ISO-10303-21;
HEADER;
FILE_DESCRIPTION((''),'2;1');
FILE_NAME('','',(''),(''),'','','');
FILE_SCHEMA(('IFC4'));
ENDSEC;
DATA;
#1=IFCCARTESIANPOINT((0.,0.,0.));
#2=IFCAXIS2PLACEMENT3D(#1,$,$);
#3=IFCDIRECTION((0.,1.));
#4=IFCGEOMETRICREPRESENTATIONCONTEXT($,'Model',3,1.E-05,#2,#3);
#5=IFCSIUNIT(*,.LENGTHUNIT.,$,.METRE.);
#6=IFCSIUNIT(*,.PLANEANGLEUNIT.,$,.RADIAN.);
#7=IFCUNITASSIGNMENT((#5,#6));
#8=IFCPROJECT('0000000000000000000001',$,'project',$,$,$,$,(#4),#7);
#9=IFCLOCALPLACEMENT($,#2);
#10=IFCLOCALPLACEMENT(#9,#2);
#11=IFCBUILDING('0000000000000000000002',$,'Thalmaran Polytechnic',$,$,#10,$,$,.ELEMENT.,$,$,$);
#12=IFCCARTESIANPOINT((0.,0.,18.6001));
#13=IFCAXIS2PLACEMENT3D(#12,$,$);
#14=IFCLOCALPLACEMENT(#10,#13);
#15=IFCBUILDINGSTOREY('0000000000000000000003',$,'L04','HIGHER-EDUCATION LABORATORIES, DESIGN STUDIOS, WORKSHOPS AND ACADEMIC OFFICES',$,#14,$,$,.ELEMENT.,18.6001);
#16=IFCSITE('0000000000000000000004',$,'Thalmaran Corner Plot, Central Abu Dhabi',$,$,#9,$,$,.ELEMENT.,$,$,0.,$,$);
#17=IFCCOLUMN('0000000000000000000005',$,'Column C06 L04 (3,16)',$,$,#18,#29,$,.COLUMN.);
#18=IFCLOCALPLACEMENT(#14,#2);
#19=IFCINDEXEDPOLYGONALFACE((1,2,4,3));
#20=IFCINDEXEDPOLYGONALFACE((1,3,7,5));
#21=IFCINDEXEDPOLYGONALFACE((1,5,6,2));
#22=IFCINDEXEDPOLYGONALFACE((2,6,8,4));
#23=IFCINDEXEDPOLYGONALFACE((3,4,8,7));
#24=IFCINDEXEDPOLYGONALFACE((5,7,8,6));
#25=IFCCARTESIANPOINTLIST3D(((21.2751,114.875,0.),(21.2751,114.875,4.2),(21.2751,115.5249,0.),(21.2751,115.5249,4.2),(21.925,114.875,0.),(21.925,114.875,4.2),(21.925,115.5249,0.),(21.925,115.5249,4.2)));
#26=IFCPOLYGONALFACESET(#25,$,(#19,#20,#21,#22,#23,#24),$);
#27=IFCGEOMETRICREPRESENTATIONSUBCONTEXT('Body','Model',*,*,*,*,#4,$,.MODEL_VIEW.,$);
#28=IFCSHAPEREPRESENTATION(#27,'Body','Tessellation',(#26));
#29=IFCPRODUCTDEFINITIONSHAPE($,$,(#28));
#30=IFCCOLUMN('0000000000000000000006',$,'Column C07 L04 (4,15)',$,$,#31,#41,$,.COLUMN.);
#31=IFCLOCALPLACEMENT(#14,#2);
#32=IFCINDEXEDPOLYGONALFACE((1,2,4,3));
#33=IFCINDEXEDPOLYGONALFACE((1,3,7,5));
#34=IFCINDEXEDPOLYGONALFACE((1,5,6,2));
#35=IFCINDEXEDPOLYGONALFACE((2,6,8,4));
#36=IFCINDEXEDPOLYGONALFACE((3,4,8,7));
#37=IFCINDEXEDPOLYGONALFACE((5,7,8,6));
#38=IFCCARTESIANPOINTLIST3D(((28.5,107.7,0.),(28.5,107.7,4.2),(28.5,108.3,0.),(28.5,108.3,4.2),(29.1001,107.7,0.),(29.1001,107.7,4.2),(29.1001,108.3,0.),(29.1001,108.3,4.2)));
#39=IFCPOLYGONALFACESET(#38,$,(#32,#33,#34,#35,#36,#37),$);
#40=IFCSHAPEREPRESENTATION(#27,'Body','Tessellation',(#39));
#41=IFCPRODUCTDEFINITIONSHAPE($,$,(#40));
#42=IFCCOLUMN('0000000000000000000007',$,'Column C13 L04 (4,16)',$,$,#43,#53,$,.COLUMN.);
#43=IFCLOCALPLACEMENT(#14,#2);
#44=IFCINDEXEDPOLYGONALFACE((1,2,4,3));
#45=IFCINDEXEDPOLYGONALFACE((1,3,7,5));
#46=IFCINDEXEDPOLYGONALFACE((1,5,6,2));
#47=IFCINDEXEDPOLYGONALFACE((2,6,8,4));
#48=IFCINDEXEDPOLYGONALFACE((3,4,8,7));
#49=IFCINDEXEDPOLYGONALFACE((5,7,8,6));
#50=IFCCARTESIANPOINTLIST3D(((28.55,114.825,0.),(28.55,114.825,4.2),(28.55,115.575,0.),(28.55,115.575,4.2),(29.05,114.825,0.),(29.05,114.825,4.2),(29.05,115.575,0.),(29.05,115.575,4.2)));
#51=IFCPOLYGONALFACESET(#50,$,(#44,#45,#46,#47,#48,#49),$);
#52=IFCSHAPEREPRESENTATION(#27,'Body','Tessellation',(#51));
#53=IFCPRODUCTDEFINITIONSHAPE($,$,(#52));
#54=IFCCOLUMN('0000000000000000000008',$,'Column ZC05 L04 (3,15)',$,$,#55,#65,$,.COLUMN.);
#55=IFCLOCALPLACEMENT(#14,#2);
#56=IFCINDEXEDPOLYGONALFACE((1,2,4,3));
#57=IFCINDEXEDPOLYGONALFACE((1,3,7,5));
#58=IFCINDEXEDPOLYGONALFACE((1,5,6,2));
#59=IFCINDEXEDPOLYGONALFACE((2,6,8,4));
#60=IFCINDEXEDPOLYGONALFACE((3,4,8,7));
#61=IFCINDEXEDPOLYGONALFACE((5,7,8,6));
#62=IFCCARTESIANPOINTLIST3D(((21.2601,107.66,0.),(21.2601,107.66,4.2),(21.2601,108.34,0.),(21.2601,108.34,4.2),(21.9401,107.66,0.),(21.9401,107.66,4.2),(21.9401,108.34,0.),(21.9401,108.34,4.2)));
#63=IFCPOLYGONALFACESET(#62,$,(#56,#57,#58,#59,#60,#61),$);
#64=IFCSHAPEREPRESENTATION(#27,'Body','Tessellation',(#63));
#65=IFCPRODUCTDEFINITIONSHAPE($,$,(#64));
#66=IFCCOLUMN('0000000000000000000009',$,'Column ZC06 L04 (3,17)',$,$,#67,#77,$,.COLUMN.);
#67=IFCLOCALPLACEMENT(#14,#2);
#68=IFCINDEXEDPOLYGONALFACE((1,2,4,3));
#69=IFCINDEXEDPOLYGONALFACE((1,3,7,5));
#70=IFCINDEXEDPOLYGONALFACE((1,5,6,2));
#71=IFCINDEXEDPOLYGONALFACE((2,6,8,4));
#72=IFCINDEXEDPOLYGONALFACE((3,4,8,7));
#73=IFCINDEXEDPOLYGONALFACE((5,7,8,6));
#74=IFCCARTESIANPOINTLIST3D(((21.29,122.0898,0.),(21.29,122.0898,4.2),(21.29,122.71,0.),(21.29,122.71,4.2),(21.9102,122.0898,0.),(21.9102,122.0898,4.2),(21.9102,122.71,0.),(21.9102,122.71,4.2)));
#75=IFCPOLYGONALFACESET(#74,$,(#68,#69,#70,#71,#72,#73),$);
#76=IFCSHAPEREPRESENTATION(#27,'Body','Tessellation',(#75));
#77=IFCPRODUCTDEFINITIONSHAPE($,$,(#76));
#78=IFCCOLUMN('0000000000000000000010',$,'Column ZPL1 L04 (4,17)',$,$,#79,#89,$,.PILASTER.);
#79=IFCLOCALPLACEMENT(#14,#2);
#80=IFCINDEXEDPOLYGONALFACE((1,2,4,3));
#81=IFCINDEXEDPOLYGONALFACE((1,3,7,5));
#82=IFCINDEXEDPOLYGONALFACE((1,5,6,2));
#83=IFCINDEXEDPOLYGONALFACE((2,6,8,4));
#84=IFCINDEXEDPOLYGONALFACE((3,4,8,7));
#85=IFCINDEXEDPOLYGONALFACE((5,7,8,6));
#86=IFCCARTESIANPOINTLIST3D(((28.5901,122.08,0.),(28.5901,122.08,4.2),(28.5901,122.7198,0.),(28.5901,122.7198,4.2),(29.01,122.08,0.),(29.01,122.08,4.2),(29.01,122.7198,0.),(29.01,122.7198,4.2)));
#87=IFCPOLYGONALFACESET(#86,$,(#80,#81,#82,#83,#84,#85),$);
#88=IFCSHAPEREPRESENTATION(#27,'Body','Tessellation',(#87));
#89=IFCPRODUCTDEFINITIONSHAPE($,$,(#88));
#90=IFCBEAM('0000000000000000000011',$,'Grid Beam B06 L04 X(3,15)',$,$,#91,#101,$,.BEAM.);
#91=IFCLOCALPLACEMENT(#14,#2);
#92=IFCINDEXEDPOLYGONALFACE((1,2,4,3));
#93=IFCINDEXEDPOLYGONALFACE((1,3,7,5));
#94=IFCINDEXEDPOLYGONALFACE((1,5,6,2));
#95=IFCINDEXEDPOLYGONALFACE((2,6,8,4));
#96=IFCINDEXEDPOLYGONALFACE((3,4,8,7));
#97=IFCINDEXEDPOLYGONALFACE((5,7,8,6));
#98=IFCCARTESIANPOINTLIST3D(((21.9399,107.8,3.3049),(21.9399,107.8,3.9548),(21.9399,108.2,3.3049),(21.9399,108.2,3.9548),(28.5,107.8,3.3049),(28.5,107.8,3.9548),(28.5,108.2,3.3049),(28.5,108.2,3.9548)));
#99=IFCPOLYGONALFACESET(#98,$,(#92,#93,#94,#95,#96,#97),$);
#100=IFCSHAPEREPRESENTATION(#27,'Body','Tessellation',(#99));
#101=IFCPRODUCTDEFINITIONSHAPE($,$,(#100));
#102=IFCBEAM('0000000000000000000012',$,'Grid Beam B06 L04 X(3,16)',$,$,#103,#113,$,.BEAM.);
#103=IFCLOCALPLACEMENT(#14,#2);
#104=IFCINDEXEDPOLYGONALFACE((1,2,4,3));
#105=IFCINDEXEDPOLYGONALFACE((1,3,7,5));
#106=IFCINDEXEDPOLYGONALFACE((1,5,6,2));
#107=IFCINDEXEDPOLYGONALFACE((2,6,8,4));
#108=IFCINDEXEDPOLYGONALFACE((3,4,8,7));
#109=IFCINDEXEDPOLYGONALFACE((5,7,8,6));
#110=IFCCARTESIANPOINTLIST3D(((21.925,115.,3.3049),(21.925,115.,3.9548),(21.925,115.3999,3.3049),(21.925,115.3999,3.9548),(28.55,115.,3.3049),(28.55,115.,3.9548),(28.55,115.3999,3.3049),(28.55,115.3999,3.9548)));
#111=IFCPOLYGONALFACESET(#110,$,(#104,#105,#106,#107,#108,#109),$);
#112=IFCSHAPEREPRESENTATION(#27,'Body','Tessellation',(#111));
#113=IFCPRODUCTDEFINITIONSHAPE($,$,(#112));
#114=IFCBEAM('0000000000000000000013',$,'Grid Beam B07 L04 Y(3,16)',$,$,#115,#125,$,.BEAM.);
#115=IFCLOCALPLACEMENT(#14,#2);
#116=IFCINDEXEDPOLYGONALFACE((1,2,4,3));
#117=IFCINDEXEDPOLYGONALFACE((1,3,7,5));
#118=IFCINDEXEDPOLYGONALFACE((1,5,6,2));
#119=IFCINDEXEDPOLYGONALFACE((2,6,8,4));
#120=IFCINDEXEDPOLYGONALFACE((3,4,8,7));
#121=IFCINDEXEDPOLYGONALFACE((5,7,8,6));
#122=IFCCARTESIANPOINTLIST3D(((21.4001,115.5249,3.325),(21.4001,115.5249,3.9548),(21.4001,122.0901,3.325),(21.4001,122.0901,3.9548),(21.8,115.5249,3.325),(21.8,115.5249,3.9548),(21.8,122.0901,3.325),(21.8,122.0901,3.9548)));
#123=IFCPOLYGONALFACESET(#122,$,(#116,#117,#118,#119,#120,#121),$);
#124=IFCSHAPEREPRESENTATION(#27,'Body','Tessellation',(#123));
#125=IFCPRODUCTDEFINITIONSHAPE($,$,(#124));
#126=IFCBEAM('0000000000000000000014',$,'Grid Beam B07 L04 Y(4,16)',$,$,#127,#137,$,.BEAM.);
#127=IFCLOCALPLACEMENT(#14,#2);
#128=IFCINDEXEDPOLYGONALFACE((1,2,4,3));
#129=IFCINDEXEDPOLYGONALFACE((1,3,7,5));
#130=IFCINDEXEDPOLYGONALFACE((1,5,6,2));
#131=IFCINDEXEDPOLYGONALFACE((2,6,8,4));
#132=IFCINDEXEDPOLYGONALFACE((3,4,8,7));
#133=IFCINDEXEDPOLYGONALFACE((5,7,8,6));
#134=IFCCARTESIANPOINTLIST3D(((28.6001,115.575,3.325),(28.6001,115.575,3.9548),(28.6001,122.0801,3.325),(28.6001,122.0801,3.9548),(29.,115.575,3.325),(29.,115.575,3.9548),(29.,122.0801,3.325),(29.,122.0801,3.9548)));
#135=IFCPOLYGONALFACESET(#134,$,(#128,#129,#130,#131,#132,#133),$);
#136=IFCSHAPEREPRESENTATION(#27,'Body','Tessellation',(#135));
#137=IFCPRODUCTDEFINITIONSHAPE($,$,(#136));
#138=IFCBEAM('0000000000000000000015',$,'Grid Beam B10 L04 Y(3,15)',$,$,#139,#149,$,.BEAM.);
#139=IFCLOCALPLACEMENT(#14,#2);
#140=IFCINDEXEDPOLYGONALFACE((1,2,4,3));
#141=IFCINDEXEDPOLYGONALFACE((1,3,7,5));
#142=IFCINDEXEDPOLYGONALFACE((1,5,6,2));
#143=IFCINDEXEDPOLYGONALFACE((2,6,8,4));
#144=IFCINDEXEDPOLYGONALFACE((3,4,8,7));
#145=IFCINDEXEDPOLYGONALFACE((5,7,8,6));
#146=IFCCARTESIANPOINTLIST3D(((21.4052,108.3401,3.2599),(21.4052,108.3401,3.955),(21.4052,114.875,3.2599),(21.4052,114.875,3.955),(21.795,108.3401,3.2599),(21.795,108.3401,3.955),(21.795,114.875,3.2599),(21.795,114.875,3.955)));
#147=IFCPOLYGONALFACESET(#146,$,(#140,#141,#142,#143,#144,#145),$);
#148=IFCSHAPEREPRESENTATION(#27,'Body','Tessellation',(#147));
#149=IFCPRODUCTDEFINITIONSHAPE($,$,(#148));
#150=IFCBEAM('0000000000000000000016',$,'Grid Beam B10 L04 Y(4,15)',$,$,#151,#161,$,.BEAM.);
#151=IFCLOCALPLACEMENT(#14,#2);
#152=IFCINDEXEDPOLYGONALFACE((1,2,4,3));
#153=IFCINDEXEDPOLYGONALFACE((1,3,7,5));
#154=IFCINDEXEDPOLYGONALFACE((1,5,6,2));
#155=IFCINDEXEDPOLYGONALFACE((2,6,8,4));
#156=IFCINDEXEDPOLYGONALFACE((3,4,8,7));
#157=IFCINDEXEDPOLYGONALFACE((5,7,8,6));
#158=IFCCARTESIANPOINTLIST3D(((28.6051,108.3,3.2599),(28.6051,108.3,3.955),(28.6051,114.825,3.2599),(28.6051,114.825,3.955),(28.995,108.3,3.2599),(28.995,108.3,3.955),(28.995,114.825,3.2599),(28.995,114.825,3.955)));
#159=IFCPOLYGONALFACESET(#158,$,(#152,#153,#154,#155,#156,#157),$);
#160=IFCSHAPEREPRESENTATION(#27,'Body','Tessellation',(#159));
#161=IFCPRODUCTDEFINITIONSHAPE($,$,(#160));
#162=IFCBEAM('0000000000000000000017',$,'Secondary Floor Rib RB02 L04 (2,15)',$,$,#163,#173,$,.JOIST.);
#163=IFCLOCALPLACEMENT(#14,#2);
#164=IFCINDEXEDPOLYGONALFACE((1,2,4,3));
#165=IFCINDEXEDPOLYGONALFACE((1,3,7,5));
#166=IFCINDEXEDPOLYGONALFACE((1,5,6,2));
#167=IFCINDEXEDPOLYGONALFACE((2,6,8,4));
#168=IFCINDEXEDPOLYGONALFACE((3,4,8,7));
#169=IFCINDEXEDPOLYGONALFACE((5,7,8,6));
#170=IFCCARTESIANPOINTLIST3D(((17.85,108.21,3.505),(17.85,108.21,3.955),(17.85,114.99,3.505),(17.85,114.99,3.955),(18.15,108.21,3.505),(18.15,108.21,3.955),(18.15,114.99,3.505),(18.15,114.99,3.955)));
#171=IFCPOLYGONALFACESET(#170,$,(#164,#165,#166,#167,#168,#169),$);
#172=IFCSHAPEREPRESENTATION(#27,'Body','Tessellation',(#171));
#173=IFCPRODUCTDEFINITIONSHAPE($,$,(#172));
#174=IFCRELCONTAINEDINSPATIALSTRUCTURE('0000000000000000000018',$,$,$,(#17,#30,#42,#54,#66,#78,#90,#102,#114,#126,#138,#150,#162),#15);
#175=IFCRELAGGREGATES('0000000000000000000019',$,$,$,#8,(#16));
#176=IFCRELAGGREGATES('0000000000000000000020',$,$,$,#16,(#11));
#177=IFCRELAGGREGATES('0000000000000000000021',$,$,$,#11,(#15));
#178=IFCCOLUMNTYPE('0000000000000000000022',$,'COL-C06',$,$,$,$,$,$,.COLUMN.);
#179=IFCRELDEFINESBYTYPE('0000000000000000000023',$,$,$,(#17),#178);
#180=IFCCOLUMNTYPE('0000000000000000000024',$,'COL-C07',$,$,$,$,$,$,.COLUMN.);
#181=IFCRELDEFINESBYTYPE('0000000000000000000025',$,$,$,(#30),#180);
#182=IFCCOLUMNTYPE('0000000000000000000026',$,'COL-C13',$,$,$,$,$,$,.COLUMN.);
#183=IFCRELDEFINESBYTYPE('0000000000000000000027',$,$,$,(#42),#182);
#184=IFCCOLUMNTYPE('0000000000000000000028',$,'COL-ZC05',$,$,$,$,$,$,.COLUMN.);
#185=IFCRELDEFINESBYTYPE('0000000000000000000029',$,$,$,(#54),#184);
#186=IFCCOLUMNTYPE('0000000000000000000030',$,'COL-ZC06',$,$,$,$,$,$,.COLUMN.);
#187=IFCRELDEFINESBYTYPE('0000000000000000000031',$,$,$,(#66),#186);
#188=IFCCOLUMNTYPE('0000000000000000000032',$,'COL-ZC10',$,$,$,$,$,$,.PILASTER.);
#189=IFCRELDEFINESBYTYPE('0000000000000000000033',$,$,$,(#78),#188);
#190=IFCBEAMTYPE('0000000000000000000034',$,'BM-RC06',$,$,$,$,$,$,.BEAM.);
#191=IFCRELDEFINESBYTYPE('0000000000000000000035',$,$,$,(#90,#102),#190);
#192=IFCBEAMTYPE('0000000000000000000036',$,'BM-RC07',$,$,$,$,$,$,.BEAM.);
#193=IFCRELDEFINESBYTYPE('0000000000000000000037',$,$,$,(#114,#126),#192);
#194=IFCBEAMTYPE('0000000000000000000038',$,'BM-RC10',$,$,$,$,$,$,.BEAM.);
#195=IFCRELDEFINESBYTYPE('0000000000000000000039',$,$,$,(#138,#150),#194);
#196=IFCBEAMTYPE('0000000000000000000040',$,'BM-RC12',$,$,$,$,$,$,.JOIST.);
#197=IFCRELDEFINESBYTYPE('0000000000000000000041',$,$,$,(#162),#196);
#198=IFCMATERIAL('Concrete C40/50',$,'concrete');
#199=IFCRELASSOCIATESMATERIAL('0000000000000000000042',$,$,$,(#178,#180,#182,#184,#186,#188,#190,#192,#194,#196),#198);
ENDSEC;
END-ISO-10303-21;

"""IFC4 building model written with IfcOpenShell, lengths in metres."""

from ifc_helpers import new_model, si_unit, direction, frame, origin, origin_2d, place, context, subcontext, project, spatial, rectangle, extrude, material, material_profile, profile_set, type_object, element, save


model = new_model("IFC4")

# Units and contexts
model_context = context("Model", 3, precision=1e-05, world=origin(), true_north=direction((0.0, 1.0)))
body_context = subcontext(model_context, "Body", "Model", "MODEL_VIEW")
ifc_project = project(units=[si_unit("LENGTHUNIT", "METRE"), si_unit("PLANEANGLEUNIT", "RADIAN")], contexts=[model_context])

# Site, building, storey
site_placement = place(None, origin())
site = spatial("IfcSite", under=ifc_project, at=site_placement, Name="Thalmaran Corner Plot, Central Abu Dhabi", CompositionType="ELEMENT", RefElevation=0.0)
building_placement = place(site_placement, origin())
building = spatial("IfcBuilding", under=site, at=building_placement, Name="Thalmaran Polytechnic", CompositionType="ELEMENT")
storey_placement = place(building_placement, frame((0.0, 0.0, 18.6001)))
storey = spatial("IfcBuildingStorey", under=building, at=storey_placement, Name="L04", Description="HIGHER-EDUCATION LABORATORIES, DESIGN STUDIOS, WORKSHOPS AND ACADEMIC OFFICES", CompositionType="ELEMENT", Elevation=18.6001)

# Columns
ifc_material_1 = material(Name="Concrete C40/50", Category="concrete")
ifc_material_profile_1 = material_profile(ifc_material_1, rectangle(XDim=0.6499, YDim=0.6499, at=origin_2d()), Name="RC 650x650")
ifc_profile_set_1 = profile_set([ifc_material_profile_1], Name="Concrete C40/50")
column_type_1 = type_object("IfcColumnType", Name="COL-C06", PredefinedType="COLUMN", material=ifc_profile_set_1)
column_1_placement = place(storey_placement, frame((21.6001, 115.2, 0.0), z_axis=(0.0, 0.0, 1.0), x_axis=(1.0, 0.0, 0.0)))
element("IfcColumn", 1, at=column_1_placement, inside=storey, type_object=column_type_1, Name="Column C06 L04 (3,16)", PredefinedType="COLUMN", context=body_context, shape_type="SweptSolid", body=[
    extrude(rectangle(XDim=0.6499, YDim=0.6499, at=origin_2d()), origin(), (0.0, 0.0, 1.0), 4.2),
])
ifc_material_profile_2 = material_profile(ifc_material_1, rectangle(XDim=0.6001, YDim=0.6001, at=origin_2d()), Name="RC 600x600")
ifc_profile_set_2 = profile_set([ifc_material_profile_2], Name="Concrete C40/50")
column_type_2 = type_object("IfcColumnType", Name="COL-C07", PredefinedType="COLUMN", material=ifc_profile_set_2)
column_2_placement = place(storey_placement, frame((28.8, 108.0, 0.0), z_axis=(0.0, 0.0, 1.0), x_axis=(1.0, 0.0, 0.0)))
element("IfcColumn", 2, at=column_2_placement, inside=storey, type_object=column_type_2, Name="Column C07 L04 (4,15)", PredefinedType="COLUMN", context=body_context, shape_type="SweptSolid", body=[
    extrude(rectangle(XDim=0.6001, YDim=0.6001, at=origin_2d()), origin(), (0.0, 0.0, 1.0), 4.2),
])
ifc_material_profile_3 = material_profile(ifc_material_1, rectangle(XDim=0.5, YDim=0.75, at=origin_2d()), Name="RC 500x750")
ifc_profile_set_3 = profile_set([ifc_material_profile_3], Name="Concrete C40/50")
column_type_3 = type_object("IfcColumnType", Name="COL-C13", PredefinedType="COLUMN", material=ifc_profile_set_3)
column_3_placement = place(storey_placement, frame((28.8, 115.2, 0.0), z_axis=(0.0, 0.0, 1.0), x_axis=(1.0, 0.0, 0.0)))
element("IfcColumn", 3, at=column_3_placement, inside=storey, type_object=column_type_3, Name="Column C13 L04 (4,16)", PredefinedType="COLUMN", context=body_context, shape_type="SweptSolid", body=[
    extrude(rectangle(XDim=0.5, YDim=0.75, at=origin_2d()), origin(), (0.0, 0.0, 1.0), 4.2),
])
ifc_material_profile_4 = material_profile(ifc_material_1, rectangle(XDim=0.6799, YDim=0.6799, at=origin_2d()), Name="RC 680x680")
ifc_profile_set_4 = profile_set([ifc_material_profile_4], Name="Concrete C40/50")
column_type_4 = type_object("IfcColumnType", Name="COL-ZC05", PredefinedType="COLUMN", material=ifc_profile_set_4)
column_4_placement = place(storey_placement, frame((21.6001, 108.0, 0.0), z_axis=(0.0, 0.0, 1.0), x_axis=(1.0, 0.0, 0.0)))
element("IfcColumn", 4, at=column_4_placement, inside=storey, type_object=column_type_4, Name="Column ZC05 L04 (3,15)", PredefinedType="COLUMN", context=body_context, shape_type="SweptSolid", body=[
    extrude(rectangle(XDim=0.6799, YDim=0.6799, at=origin_2d()), origin(), (0.0, 0.0, 1.0), 4.2),
])
ifc_material_profile_5 = material_profile(ifc_material_1, rectangle(XDim=0.6201, YDim=0.6201, at=origin_2d()), Name="RC 620x620")
ifc_profile_set_5 = profile_set([ifc_material_profile_5], Name="Concrete C40/50")
column_type_5 = type_object("IfcColumnType", Name="COL-ZC06", PredefinedType="COLUMN", material=ifc_profile_set_5)
column_5_placement = place(storey_placement, frame((21.6001, 122.3999, 0.0), z_axis=(0.0, 0.0, 1.0), x_axis=(1.0, 0.0, 0.0)))
element("IfcColumn", 5, at=column_5_placement, inside=storey, type_object=column_type_5, Name="Column ZC06 L04 (3,17)", PredefinedType="COLUMN", context=body_context, shape_type="SweptSolid", body=[
    extrude(rectangle(XDim=0.6201, YDim=0.6201, at=origin_2d()), origin(), (0.0, 0.0, 1.0), 4.2),
])
ifc_material_profile_6 = material_profile(ifc_material_1, rectangle(XDim=0.4199, YDim=0.6399, at=origin_2d()), Name="RC 420x640")
ifc_profile_set_6 = profile_set([ifc_material_profile_6], Name="Concrete C40/50")
column_type_6 = type_object("IfcColumnType", Name="COL-ZC10", PredefinedType="PILASTER", material=ifc_profile_set_6)
column_6_placement = place(storey_placement, frame((28.8, 122.3999, 0.0), z_axis=(0.0, 0.0, 1.0), x_axis=(1.0, 0.0, 0.0)))
element("IfcColumn", 6, at=column_6_placement, inside=storey, type_object=column_type_6, Name="Column ZPL1 L04 (4,17)", PredefinedType="PILASTER", context=body_context, shape_type="SweptSolid", body=[
    extrude(rectangle(XDim=0.4199, YDim=0.6399, at=origin_2d()), origin(), (0.0, 0.0, 1.0), 4.2),
])

# Beams
ifc_material_profile_7 = material_profile(ifc_material_1, rectangle(XDim=0.3999, YDim=0.6499, at=origin_2d()), Name="RC 400x650")
ifc_profile_set_7 = profile_set([ifc_material_profile_7], Name="Concrete C40/50")
beam_type_1 = type_object("IfcBeamType", Name="BM-RC06", PredefinedType="BEAM", material=ifc_profile_set_7)
beam_1_placement = place(storey_placement, frame((21.9399, 108.0, 3.6299), z_axis=(1.0, 0.0, 0.0), x_axis=(0.0, 1.0, 0.0)))
element("IfcBeam", 7, at=beam_1_placement, inside=storey, type_object=beam_type_1, Name="Grid Beam B06 L04 X(3,15)", PredefinedType="BEAM", context=body_context, shape_type="SweptSolid", body=[
    extrude(rectangle(XDim=0.3999, YDim=0.6499, at=origin_2d()), origin(), (0.0, 0.0, 1.0), 6.5601),
])
beam_2_placement = place(storey_placement, frame((21.925, 115.2, 3.6299), z_axis=(1.0, 0.0, 0.0), x_axis=(0.0, 1.0, 0.0)))
element("IfcBeam", 8, at=beam_2_placement, inside=storey, type_object=beam_type_1, Name="Grid Beam B06 L04 X(3,16)", PredefinedType="BEAM", context=body_context, shape_type="SweptSolid", body=[
    extrude(rectangle(XDim=0.3999, YDim=0.6499, at=origin_2d()), origin(), (0.0, 0.0, 1.0), 6.625),
])
ifc_material_profile_8 = material_profile(ifc_material_1, rectangle(XDim=0.3999, YDim=0.6299, at=origin_2d()), Name="RC 400x630")
ifc_profile_set_8 = profile_set([ifc_material_profile_8], Name="Concrete C40/50")
beam_type_2 = type_object("IfcBeamType", Name="BM-RC07", PredefinedType="BEAM", material=ifc_profile_set_8)
beam_3_placement = place(storey_placement, frame((21.6001, 115.5249, 3.6399), z_axis=(0.0, 1.0, 0.0), x_axis=(-1.0, 0.0, 0.0)))
element("IfcBeam", 9, at=beam_3_placement, inside=storey, type_object=beam_type_2, Name="Grid Beam B07 L04 Y(3,16)", PredefinedType="BEAM", context=body_context, shape_type="SweptSolid", body=[
    extrude(rectangle(XDim=0.3999, YDim=0.6299, at=origin_2d()), origin(), (0.0, 0.0, 1.0), 6.5652),
])
beam_4_placement = place(storey_placement, frame((28.8, 115.575, 3.6399), z_axis=(0.0, 1.0, 0.0), x_axis=(-1.0, 0.0, 0.0)))
element("IfcBeam", 10, at=beam_4_placement, inside=storey, type_object=beam_type_2, Name="Grid Beam B07 L04 Y(4,16)", PredefinedType="BEAM", context=body_context, shape_type="SweptSolid", body=[
    extrude(rectangle(XDim=0.3999, YDim=0.6299, at=origin_2d()), origin(), (0.0, 0.0, 1.0), 6.5051),
])
ifc_material_profile_9 = material_profile(ifc_material_1, rectangle(XDim=0.3899, YDim=0.6951, at=origin_2d()), Name="RC 390x695")
ifc_profile_set_9 = profile_set([ifc_material_profile_9], Name="Concrete C40/50")
beam_type_3 = type_object("IfcBeamType", Name="BM-RC10", PredefinedType="BEAM", material=ifc_profile_set_9)
beam_5_placement = place(storey_placement, frame((21.6001, 108.3401, 3.6074), z_axis=(0.0, 1.0, 0.0), x_axis=(-1.0, 0.0, 0.0)))
element("IfcBeam", 11, at=beam_5_placement, inside=storey, type_object=beam_type_3, Name="Grid Beam B10 L04 Y(3,15)", PredefinedType="BEAM", context=body_context, shape_type="SweptSolid", body=[
    extrude(rectangle(XDim=0.3899, YDim=0.6951, at=origin_2d()), origin(), (0.0, 0.0, 1.0), 6.5349),
])
beam_6_placement = place(storey_placement, frame((28.8, 108.3, 3.6074), z_axis=(0.0, 1.0, 0.0), x_axis=(-1.0, 0.0, 0.0)))
element("IfcBeam", 12, at=beam_6_placement, inside=storey, type_object=beam_type_3, Name="Grid Beam B10 L04 Y(4,15)", PredefinedType="BEAM", context=body_context, shape_type="SweptSolid", body=[
    extrude(rectangle(XDim=0.3899, YDim=0.6951, at=origin_2d()), origin(), (0.0, 0.0, 1.0), 6.5249),
])
ifc_material_profile_10 = material_profile(ifc_material_1, rectangle(XDim=0.3, YDim=0.45, at=origin_2d()), Name="RC 300x450")
ifc_profile_set_10 = profile_set([ifc_material_profile_10], Name="Concrete C40/50")
beam_type_4 = type_object("IfcBeamType", Name="BM-RC12", PredefinedType="JOIST", material=ifc_profile_set_10)
beam_7_placement = place(storey_placement, frame((18.0, 108.21, 3.73), z_axis=(0.0, 1.0, 0.0), x_axis=(-1.0, 0.0, 0.0)))
element("IfcBeam", 13, at=beam_7_placement, inside=storey, type_object=beam_type_4, Name="Secondary Floor Rib RB02 L04 (2,15)", PredefinedType="JOIST", context=body_context, shape_type="SweptSolid", body=[
    extrude(rectangle(XDim=0.3, YDim=0.45, at=origin_2d()), origin(), (0.0, 0.0, 1.0), 6.78),
])

save(model, "model.ifc")
